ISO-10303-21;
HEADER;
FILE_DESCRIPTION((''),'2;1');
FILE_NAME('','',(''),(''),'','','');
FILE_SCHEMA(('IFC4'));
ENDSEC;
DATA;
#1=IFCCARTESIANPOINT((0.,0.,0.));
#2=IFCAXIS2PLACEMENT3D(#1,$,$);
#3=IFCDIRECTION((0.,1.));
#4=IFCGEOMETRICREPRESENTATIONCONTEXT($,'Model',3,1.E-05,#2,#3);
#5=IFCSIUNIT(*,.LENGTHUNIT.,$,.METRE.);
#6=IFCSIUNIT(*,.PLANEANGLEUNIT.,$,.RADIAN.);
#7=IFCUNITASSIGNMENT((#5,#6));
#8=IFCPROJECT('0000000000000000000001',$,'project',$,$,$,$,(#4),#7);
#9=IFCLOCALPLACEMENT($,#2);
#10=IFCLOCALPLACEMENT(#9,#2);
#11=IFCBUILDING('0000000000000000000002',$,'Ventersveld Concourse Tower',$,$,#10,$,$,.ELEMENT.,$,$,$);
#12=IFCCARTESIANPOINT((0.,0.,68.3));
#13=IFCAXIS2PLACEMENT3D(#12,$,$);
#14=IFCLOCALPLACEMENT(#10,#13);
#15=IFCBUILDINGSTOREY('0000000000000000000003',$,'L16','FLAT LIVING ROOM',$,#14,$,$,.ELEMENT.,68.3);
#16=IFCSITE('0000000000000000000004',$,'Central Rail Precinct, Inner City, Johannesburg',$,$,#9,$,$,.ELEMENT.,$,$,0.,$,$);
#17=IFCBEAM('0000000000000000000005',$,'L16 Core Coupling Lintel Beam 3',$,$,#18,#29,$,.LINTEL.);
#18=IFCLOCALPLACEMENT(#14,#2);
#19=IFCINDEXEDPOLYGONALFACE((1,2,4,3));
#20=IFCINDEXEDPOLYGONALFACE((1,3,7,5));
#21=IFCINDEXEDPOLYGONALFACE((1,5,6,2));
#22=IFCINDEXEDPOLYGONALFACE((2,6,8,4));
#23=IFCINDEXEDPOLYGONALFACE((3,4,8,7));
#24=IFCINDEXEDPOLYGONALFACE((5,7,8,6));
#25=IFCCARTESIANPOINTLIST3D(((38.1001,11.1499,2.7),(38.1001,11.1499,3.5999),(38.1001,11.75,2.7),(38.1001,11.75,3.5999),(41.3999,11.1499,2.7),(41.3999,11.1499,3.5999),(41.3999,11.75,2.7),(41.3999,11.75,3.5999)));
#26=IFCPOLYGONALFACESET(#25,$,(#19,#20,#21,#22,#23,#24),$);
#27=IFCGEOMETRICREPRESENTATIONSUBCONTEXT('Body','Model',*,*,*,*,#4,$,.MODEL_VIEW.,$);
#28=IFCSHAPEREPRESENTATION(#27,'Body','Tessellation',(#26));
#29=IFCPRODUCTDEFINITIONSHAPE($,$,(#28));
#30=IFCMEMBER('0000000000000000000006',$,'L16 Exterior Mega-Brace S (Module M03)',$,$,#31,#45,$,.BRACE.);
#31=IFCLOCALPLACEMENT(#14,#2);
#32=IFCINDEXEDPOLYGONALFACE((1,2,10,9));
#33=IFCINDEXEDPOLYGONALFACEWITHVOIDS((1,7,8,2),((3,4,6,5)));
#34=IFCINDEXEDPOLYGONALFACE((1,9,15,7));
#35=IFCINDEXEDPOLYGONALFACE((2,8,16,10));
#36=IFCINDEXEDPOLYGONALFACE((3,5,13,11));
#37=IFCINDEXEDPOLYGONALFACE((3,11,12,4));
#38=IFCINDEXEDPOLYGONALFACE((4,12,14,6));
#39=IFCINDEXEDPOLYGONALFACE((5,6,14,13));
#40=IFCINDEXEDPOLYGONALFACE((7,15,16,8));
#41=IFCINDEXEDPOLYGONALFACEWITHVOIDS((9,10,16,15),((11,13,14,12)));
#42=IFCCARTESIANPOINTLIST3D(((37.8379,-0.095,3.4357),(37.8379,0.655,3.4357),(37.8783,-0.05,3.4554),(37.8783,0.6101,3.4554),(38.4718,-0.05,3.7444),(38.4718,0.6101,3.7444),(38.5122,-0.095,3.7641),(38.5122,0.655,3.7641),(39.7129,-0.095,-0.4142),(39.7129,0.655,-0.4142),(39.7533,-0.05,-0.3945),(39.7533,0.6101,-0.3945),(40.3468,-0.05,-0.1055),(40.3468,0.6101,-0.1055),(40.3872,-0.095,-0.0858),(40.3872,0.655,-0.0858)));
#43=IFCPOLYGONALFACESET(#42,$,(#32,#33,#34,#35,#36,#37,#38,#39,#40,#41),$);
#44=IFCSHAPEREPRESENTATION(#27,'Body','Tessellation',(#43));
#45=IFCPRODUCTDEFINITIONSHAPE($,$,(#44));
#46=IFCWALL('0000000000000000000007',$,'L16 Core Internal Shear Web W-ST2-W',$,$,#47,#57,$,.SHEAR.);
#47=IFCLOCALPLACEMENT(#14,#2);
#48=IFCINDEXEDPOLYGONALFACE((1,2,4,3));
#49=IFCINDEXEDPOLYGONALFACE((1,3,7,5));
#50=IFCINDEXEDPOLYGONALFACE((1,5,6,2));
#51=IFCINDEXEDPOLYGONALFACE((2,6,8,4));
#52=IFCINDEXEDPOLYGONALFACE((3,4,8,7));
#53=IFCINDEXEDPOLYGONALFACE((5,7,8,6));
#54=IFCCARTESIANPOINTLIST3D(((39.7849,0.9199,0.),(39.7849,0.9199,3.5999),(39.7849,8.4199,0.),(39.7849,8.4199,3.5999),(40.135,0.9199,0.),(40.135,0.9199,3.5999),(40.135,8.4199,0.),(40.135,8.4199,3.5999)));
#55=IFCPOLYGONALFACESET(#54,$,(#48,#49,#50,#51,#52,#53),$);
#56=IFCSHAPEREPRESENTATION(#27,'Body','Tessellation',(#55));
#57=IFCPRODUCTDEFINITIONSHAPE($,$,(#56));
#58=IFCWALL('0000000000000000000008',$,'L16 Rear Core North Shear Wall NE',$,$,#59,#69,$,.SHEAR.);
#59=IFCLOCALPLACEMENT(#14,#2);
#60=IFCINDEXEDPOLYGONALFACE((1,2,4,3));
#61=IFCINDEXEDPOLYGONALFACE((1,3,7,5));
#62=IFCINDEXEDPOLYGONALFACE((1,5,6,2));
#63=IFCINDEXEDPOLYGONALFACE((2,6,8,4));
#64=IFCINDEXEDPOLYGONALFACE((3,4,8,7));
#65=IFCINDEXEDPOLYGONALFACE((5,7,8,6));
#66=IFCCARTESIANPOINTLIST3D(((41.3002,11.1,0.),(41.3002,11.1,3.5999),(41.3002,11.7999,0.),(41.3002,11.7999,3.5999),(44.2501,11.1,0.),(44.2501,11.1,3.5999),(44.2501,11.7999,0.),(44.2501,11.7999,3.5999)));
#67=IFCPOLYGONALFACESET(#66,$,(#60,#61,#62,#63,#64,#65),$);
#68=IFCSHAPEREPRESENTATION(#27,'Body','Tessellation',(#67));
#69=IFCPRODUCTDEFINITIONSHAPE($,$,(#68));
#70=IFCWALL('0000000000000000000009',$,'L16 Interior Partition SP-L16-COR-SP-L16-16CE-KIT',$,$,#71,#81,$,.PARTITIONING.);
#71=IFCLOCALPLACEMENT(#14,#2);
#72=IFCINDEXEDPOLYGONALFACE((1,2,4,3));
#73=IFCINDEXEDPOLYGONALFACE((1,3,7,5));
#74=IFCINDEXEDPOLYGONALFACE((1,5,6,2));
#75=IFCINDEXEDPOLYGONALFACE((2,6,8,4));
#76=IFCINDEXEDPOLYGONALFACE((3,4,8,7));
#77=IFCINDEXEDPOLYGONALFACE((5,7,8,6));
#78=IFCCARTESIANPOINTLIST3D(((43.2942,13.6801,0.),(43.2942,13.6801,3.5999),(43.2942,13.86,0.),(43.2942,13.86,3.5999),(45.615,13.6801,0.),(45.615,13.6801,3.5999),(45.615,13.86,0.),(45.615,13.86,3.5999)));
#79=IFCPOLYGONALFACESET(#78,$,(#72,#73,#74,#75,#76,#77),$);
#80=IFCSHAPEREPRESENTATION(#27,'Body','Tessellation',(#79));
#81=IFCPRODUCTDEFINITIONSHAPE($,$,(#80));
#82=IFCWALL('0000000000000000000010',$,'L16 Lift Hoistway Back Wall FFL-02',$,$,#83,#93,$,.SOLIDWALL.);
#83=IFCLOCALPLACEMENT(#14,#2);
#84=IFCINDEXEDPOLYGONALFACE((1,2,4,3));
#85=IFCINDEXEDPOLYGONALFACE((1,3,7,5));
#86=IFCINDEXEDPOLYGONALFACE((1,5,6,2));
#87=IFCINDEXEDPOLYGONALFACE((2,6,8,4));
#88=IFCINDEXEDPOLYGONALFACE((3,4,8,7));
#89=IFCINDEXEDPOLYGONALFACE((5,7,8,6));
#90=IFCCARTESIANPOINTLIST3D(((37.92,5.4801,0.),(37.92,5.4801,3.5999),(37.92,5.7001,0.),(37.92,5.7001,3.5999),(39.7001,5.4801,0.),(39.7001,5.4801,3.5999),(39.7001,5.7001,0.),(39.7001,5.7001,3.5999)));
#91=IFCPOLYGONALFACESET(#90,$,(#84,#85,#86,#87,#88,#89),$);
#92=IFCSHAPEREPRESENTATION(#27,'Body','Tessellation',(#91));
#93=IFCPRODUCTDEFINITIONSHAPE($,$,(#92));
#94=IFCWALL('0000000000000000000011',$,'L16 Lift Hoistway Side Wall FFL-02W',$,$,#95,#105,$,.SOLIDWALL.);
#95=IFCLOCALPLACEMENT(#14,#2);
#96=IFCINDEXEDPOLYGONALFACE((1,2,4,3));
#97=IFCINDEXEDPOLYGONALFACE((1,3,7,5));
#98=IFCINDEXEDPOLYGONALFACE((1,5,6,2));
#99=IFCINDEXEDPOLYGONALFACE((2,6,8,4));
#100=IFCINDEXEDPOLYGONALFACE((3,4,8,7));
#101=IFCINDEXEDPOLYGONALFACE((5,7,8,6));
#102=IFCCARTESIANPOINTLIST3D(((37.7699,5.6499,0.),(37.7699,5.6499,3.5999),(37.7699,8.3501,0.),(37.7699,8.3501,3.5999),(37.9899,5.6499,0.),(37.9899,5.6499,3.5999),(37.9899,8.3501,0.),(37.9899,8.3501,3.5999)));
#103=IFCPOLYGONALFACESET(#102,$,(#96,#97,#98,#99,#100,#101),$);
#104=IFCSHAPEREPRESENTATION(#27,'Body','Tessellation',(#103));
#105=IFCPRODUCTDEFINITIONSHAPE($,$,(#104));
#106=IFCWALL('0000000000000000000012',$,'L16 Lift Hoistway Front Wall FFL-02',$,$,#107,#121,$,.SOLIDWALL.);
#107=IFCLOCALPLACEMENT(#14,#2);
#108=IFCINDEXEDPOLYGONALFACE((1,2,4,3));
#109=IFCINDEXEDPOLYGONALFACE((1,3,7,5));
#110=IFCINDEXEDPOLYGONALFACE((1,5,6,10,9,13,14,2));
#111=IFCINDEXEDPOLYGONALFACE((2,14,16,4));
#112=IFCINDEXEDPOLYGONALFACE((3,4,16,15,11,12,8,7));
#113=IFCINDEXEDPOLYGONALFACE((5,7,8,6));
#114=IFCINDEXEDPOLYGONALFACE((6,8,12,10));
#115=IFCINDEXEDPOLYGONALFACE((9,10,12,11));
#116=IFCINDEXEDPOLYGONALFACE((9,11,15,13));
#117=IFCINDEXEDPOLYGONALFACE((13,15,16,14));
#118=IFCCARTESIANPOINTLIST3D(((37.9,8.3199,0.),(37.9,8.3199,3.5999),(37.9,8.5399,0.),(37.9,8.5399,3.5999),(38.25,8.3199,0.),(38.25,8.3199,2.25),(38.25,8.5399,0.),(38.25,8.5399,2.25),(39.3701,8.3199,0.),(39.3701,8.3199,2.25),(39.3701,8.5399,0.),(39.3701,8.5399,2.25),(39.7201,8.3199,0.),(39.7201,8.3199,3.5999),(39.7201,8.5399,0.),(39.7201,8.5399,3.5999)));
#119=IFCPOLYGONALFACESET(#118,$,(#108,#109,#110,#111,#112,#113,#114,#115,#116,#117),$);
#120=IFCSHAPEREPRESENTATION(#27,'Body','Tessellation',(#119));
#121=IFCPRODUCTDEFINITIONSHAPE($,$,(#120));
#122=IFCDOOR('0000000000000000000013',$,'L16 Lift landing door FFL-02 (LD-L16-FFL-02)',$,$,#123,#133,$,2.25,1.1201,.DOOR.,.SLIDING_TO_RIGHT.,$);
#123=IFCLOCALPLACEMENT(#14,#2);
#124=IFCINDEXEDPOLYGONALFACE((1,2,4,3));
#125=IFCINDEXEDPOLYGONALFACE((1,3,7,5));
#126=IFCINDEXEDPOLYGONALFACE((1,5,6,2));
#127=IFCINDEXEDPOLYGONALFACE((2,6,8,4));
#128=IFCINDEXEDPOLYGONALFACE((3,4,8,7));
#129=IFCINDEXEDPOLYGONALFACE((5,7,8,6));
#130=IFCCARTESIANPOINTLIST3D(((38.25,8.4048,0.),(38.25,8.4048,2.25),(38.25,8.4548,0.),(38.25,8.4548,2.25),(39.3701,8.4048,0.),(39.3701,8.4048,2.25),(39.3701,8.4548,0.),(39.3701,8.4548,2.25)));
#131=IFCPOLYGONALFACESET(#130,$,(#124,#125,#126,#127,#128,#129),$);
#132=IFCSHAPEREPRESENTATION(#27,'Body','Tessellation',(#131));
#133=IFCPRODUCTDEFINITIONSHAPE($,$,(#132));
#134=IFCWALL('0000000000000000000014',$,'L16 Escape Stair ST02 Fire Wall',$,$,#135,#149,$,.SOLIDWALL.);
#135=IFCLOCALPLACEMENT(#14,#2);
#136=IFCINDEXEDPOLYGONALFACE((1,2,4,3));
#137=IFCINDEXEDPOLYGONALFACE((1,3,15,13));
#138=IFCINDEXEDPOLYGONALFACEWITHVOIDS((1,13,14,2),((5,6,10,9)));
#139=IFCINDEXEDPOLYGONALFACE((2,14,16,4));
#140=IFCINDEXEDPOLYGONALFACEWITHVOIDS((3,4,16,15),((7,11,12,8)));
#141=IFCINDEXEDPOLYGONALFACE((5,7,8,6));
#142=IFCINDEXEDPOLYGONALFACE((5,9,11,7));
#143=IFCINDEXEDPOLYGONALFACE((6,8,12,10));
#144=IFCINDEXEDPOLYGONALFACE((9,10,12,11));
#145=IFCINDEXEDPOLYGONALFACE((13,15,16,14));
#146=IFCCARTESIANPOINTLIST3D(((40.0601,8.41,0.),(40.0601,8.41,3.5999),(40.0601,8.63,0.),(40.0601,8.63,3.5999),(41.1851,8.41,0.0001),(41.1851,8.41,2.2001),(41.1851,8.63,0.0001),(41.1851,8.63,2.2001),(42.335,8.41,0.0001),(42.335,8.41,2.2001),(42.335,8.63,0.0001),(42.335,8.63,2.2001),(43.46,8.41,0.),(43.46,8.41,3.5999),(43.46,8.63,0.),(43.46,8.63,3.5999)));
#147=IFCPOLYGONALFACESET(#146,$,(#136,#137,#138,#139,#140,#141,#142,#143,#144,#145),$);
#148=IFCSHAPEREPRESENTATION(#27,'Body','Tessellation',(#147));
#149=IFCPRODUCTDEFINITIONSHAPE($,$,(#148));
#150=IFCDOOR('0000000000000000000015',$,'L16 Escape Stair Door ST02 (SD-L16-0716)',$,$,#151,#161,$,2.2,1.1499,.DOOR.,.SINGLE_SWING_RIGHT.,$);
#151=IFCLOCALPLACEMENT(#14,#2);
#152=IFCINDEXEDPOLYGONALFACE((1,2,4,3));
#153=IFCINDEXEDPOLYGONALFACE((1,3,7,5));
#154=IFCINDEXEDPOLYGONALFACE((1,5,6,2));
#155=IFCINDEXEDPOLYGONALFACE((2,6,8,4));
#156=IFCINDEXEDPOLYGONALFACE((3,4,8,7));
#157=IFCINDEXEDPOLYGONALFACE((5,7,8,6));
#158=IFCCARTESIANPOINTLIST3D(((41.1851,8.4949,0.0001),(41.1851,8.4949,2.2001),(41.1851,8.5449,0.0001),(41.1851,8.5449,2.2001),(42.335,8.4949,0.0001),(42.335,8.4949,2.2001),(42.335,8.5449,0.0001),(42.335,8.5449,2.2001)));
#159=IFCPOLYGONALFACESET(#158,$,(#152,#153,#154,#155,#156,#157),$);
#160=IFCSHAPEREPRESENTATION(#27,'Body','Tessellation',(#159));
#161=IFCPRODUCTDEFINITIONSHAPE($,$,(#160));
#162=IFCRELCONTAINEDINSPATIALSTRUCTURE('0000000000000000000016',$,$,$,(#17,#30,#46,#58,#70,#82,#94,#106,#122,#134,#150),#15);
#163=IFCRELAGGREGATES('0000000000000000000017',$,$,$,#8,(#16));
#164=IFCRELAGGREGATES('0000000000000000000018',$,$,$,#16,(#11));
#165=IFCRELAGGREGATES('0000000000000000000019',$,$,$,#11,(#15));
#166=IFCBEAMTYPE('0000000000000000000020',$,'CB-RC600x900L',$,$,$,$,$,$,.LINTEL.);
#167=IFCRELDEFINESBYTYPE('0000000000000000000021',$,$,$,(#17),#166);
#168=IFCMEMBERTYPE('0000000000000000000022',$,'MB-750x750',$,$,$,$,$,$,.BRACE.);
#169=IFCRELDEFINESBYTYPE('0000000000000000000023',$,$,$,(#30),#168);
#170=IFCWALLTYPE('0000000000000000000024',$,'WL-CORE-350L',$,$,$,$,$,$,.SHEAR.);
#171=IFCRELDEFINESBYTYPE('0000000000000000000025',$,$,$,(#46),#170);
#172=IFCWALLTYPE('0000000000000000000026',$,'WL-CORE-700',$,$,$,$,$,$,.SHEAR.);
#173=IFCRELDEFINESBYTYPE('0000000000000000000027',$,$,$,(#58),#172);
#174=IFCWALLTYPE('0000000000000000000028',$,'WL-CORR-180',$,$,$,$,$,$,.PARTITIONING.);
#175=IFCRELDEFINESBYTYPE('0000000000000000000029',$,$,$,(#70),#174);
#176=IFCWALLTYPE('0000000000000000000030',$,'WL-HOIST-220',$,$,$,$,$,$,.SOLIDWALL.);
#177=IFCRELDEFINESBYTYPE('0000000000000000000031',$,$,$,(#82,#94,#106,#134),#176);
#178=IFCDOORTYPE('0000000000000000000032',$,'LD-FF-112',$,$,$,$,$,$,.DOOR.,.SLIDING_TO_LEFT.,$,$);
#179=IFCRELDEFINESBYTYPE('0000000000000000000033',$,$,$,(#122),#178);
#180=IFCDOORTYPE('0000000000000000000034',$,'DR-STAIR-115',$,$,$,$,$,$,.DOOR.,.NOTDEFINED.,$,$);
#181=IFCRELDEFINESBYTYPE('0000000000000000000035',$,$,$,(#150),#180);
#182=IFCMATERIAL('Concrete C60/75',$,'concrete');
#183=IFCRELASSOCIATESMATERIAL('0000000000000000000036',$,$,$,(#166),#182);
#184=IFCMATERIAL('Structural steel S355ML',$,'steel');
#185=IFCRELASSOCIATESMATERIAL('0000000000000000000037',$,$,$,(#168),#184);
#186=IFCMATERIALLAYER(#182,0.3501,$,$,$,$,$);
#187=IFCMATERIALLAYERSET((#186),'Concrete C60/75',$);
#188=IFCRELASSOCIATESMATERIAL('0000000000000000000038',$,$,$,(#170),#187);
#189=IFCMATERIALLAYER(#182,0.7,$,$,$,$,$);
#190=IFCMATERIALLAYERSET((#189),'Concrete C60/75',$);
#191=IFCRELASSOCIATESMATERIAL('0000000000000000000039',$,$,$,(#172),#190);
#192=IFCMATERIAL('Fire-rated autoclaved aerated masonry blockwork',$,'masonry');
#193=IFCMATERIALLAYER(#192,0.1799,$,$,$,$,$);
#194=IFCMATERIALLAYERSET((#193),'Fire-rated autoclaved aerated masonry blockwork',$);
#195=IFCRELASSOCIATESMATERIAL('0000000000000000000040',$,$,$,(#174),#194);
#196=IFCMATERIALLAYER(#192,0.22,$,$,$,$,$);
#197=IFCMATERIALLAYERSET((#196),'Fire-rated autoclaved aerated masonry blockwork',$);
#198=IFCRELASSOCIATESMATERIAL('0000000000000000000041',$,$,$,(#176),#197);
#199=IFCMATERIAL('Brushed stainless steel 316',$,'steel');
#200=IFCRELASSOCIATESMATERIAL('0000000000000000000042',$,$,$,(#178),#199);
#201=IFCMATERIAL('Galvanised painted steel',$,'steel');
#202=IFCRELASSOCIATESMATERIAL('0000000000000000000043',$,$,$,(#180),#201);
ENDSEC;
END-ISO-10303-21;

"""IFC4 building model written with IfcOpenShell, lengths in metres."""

from ifc_helpers import new_model, si_unit, direction, frame, frame_2d, origin, origin_2d, place, context, subcontext, project, spatial, rectangle, hollow_rectangle, extrude, material, layer, layer_set, material_profile, profile_set, type_object, element, fill, save


model = new_model("IFC4")

# Units and contexts
model_context = context("Model", 3, precision=1e-05, world=origin(), true_north=direction((0.0, 1.0)))
body_context = subcontext(model_context, "Body", "Model", "MODEL_VIEW")
ifc_project = project(units=[si_unit("LENGTHUNIT", "METRE"), si_unit("PLANEANGLEUNIT", "RADIAN")], contexts=[model_context])

# Site, building, storey
site_placement = place(None, origin())
site = spatial("IfcSite", under=ifc_project, at=site_placement, Name="Central Rail Precinct, Inner City, Johannesburg", CompositionType="ELEMENT", RefElevation=0.0)
building_placement = place(site_placement, origin())
building = spatial("IfcBuilding", under=site, at=building_placement, Name="Ventersveld Concourse Tower", CompositionType="ELEMENT")
storey_placement = place(building_placement, frame((0.0, 0.0, 68.3)))
storey = spatial("IfcBuildingStorey", under=building, at=storey_placement, Name="L16", Description="FLAT LIVING ROOM", CompositionType="ELEMENT", Elevation=68.3)

# Beam
ifc_material_1 = material(Name="Concrete C60/75", Category="concrete")
ifc_material_profile_1 = material_profile(ifc_material_1, rectangle(XDim=0.6001, YDim=0.8999, at=origin_2d()), Name="RC 600x900")
ifc_profile_set_1 = profile_set([ifc_material_profile_1], Name="Concrete C60/75")
beam_type = type_object("IfcBeamType", Name="CB-RC600x900L", PredefinedType="LINTEL", material=ifc_profile_set_1)
beam_placement = place(storey_placement, frame((38.1001, 11.45, 3.1499), z_axis=(1.0, 0.0, 0.0), x_axis=(0.0, 1.0, 0.0)))
element("IfcBeam", 1, at=beam_placement, inside=storey, type_object=beam_type, Name="L16 Core Coupling Lintel Beam 3", PredefinedType="LINTEL", context=body_context, shape_type="SweptSolid", body=[
    extrude(rectangle(XDim=0.6001, YDim=0.8999, at=origin_2d()), origin(), (0.0, 0.0, 1.0), 3.2998),
])

# Member
ifc_material_2 = material(Name="Structural steel S355ML", Category="steel")
ifc_material_profile_2 = material_profile(ifc_material_2, hollow_rectangle(XDim=0.75, YDim=0.75, WallThickness=0.0449, at=origin_2d()), Name="BOX 750x750x45")
ifc_profile_set_2 = profile_set([ifc_material_profile_2], Name="Structural steel S355ML")
member_type = type_object("IfcMemberType", Name="MB-750x750", PredefinedType="BRACE", material=ifc_profile_set_2)
member_placement = place(storey_placement, frame((40.05, 0.28, -0.25), z_axis=(-0.437862, 0.0, 0.899042), x_axis=(0.0, -1.0, 0.0)))
element("IfcMember", 2, at=member_placement, inside=storey, type_object=member_type, Name="L16 Exterior Mega-Brace S (Module M03)", PredefinedType="BRACE", context=body_context, shape_type="SweptSolid", body=[
    extrude(hollow_rectangle(XDim=0.75, YDim=0.75, WallThickness=0.0449, at=origin_2d()), origin(), (0.0, 0.0, 1.0), 4.2822),
])

# Walls
ifc_layer_1 = layer(ifc_material_1, 0.3501)
ifc_layer_set_1 = layer_set([ifc_layer_1], Name="Concrete C60/75")
wall_type_1 = type_object("IfcWallType", Name="WL-CORE-350L", PredefinedType="SHEAR", material=ifc_layer_set_1)
wall_1_placement = place(storey_placement, frame((39.96, 0.9199, 0.0), z_axis=(0.0, 0.0, 1.0), x_axis=(0.0, 1.0, 0.0)))
element("IfcWall", 3, at=wall_1_placement, inside=storey, type_object=wall_type_1, Name="L16 Core Internal Shear Web W-ST2-W", PredefinedType="SHEAR", context=body_context, shape_type="SweptSolid", body=[
    extrude(rectangle(XDim=7.5, YDim=0.3501, at=frame_2d((3.75, 0.0))), origin(), (0.0, 0.0, 1.0), 3.5999),
])
ifc_layer_2 = layer(ifc_material_1, 0.7)
ifc_layer_set_2 = layer_set([ifc_layer_2], Name="Concrete C60/75")
wall_type_2 = type_object("IfcWallType", Name="WL-CORE-700", PredefinedType="SHEAR", material=ifc_layer_set_2)
wall_2_placement = place(storey_placement, frame((41.3, 11.45, 0.0), z_axis=(0.0, 0.0, 1.0), x_axis=(1.0, 0.0, 0.0)))
element("IfcWall", 4, at=wall_2_placement, inside=storey, type_object=wall_type_2, Name="L16 Rear Core North Shear Wall NE", PredefinedType="SHEAR", context=body_context, shape_type="SweptSolid", body=[
    extrude(rectangle(XDim=2.95, YDim=0.7, at=frame_2d((1.4751, 0.0))), origin(), (0.0, 0.0, 1.0), 3.5999),
])

# Shared definitions
ifc_material_3 = material(Name="Fire-rated autoclaved aerated masonry blockwork", Category="masonry")
ifc_layer_3 = layer(ifc_material_3, 0.1799)
ifc_layer_set_3 = layer_set([ifc_layer_3], Name="Fire-rated autoclaved aerated masonry blockwork")
wall_type_3 = type_object("IfcWallType", Name="WL-CORR-180", PredefinedType="PARTITIONING", material=ifc_layer_set_3)

# Walls
wall_3_placement = place(storey_placement, frame((43.2942, 13.77, 0.0), z_axis=(0.0, 0.0, 1.0), x_axis=(1.0, 0.0, 0.0)))
element("IfcWall", 5, at=wall_3_placement, inside=storey, type_object=wall_type_3, Name="L16 Interior Partition SP-L16-COR-SP-L16-16CE-KIT", PredefinedType="PARTITIONING", context=body_context, shape_type="SweptSolid", body=[
    extrude(rectangle(XDim=2.3208, YDim=0.1799, at=frame_2d((1.1604, 0.0))), origin(), (0.0, 0.0, 1.0), 3.5999),
])
ifc_layer_4 = layer(ifc_material_3, 0.22)
ifc_layer_set_4 = layer_set([ifc_layer_4], Name="Fire-rated autoclaved aerated masonry blockwork")
wall_type_4 = type_object("IfcWallType", Name="WL-HOIST-220", PredefinedType="SOLIDWALL", material=ifc_layer_set_4)
wall_4_placement = place(storey_placement, frame((37.9199, 5.5901, 0.0), z_axis=(0.0, 0.0, 1.0), x_axis=(1.0, 0.0, 0.0)))
element("IfcWall", 6, at=wall_4_placement, inside=storey, type_object=wall_type_4, Name="L16 Lift Hoistway Back Wall FFL-02", PredefinedType="SOLIDWALL", context=body_context, shape_type="SweptSolid", body=[
    extrude(rectangle(XDim=1.78, YDim=0.22, at=frame_2d((0.8901, 0.0))), origin(), (0.0, 0.0, 1.0), 3.5999),
])
wall_5_placement = place(storey_placement, frame((37.8799, 5.6499, 0.0), z_axis=(0.0, 0.0, 1.0), x_axis=(0.0, 1.0, 0.0)))
element("IfcWall", 7, at=wall_5_placement, inside=storey, type_object=wall_type_4, Name="L16 Lift Hoistway Side Wall FFL-02W", PredefinedType="SOLIDWALL", context=body_context, shape_type="SweptSolid", body=[
    extrude(rectangle(XDim=2.7002, YDim=0.22, at=frame_2d((1.3501, 0.0))), origin(), (0.0, 0.0, 1.0), 3.5999),
])

# Walls, openings, doors
wall_6_placement = place(storey_placement, frame((37.8999, 8.4299, 0.0), z_axis=(0.0, 0.0, 1.0), x_axis=(1.0, 0.0, 0.0)))
wall_6 = element("IfcWall", 8, at=wall_6_placement, inside=storey, type_object=wall_type_4, Name="L16 Lift Hoistway Front Wall FFL-02", PredefinedType="SOLIDWALL", context=body_context, shape_type="SweptSolid", body=[
    extrude(rectangle(XDim=1.8201, YDim=0.22, at=frame_2d((0.9102, 0.0))), origin(), (0.0, 0.0, 1.0), 3.5999),
])
opening_1_placement = place(wall_6_placement, frame((0.3501, 0.0, 0.0)))
opening_1 = element("IfcOpeningElement", 9, at=opening_1_placement, cuts=wall_6, PredefinedType="OPENING", context=body_context, shape_type="SweptSolid", body=[
    extrude(rectangle(XDim=1.1201, YDim=2.25, at=frame_2d((0.5601, 1.125))), frame((0.0, 0.1201, 0.0), z_axis=(0.0, -1.0, 0.0), x_axis=(1.0, 0.0, 0.0)), (0.0, 0.0, 1.0), 0.24),
])
ifc_material_4 = material(Name="Brushed stainless steel 316", Category="steel")
door_type_1 = type_object("IfcDoorType", Name="LD-FF-112", OperationType="SLIDING_TO_LEFT", PredefinedType="DOOR", material=ifc_material_4)
door_1_placement = place(opening_1_placement, origin())
door_1 = element("IfcDoor", 10, at=door_1_placement, inside=storey, type_object=door_type_1, Name="L16 Lift landing door FFL-02 (LD-L16-FFL-02)", OperationType="SLIDING_TO_RIGHT", OverallHeight=2.25, OverallWidth=1.1201, PredefinedType="DOOR", context=body_context, shape_type="SweptSolid", body=[
    extrude(rectangle(XDim=1.1201, YDim=2.25, at=frame_2d((0.5601, 1.125))), frame((0.0, 0.0249, 0.0), z_axis=(0.0, -1.0, 0.0), x_axis=(1.0, 0.0, 0.0)), (0.0, 0.0, 1.0), 0.05),
])
fill(opening_1, door_1)
wall_7_placement = place(storey_placement, frame((40.0601, 8.52, 0.0), z_axis=(0.0, 0.0, 1.0), x_axis=(1.0, 0.0, 0.0)))
wall_7 = element("IfcWall", 11, at=wall_7_placement, inside=storey, type_object=wall_type_4, Name="L16 Escape Stair ST02 Fire Wall", PredefinedType="SOLIDWALL", context=body_context, shape_type="SweptSolid", body=[
    extrude(rectangle(XDim=3.3999, YDim=0.22, at=frame_2d((1.7, 0.0))), origin(), (0.0, 0.0, 1.0), 3.5999),
])
opening_2_placement = place(wall_7_placement, frame((1.125, 0.0, 0.0)))
opening_2 = element("IfcOpeningElement", 12, at=opening_2_placement, cuts=wall_7, PredefinedType="OPENING", context=body_context, shape_type="SweptSolid", body=[
    extrude(rectangle(XDim=1.1499, YDim=2.2, at=frame_2d((0.575, 1.1001))), frame((0.0, 0.1201, 0.0), z_axis=(0.0, -1.0, 0.0), x_axis=(1.0, 0.0, 0.0)), (0.0, 0.0, 1.0), 0.24),
])
ifc_material_5 = material(Name="Galvanised painted steel", Category="steel")
door_type_2 = type_object("IfcDoorType", Name="DR-STAIR-115", OperationType="NOTDEFINED", PredefinedType="DOOR", material=ifc_material_5)
door_2_placement = place(opening_2_placement, origin())
door_2 = element("IfcDoor", 13, at=door_2_placement, inside=storey, type_object=door_type_2, Name="L16 Escape Stair Door ST02 (SD-L16-0716)", OperationType="SINGLE_SWING_RIGHT", OverallHeight=2.2, OverallWidth=1.1499, PredefinedType="DOOR", context=body_context, shape_type="SweptSolid", body=[
    extrude(rectangle(XDim=1.1499, YDim=2.2, at=frame_2d((0.575, 1.1001))), frame((0.0, 0.0249, 0.0), z_axis=(0.0, -1.0, 0.0), x_axis=(1.0, 0.0, 0.0)), (0.0, 0.0, 1.0), 0.05),
])
fill(opening_2, door_2)

save(model, "model.ifc")
